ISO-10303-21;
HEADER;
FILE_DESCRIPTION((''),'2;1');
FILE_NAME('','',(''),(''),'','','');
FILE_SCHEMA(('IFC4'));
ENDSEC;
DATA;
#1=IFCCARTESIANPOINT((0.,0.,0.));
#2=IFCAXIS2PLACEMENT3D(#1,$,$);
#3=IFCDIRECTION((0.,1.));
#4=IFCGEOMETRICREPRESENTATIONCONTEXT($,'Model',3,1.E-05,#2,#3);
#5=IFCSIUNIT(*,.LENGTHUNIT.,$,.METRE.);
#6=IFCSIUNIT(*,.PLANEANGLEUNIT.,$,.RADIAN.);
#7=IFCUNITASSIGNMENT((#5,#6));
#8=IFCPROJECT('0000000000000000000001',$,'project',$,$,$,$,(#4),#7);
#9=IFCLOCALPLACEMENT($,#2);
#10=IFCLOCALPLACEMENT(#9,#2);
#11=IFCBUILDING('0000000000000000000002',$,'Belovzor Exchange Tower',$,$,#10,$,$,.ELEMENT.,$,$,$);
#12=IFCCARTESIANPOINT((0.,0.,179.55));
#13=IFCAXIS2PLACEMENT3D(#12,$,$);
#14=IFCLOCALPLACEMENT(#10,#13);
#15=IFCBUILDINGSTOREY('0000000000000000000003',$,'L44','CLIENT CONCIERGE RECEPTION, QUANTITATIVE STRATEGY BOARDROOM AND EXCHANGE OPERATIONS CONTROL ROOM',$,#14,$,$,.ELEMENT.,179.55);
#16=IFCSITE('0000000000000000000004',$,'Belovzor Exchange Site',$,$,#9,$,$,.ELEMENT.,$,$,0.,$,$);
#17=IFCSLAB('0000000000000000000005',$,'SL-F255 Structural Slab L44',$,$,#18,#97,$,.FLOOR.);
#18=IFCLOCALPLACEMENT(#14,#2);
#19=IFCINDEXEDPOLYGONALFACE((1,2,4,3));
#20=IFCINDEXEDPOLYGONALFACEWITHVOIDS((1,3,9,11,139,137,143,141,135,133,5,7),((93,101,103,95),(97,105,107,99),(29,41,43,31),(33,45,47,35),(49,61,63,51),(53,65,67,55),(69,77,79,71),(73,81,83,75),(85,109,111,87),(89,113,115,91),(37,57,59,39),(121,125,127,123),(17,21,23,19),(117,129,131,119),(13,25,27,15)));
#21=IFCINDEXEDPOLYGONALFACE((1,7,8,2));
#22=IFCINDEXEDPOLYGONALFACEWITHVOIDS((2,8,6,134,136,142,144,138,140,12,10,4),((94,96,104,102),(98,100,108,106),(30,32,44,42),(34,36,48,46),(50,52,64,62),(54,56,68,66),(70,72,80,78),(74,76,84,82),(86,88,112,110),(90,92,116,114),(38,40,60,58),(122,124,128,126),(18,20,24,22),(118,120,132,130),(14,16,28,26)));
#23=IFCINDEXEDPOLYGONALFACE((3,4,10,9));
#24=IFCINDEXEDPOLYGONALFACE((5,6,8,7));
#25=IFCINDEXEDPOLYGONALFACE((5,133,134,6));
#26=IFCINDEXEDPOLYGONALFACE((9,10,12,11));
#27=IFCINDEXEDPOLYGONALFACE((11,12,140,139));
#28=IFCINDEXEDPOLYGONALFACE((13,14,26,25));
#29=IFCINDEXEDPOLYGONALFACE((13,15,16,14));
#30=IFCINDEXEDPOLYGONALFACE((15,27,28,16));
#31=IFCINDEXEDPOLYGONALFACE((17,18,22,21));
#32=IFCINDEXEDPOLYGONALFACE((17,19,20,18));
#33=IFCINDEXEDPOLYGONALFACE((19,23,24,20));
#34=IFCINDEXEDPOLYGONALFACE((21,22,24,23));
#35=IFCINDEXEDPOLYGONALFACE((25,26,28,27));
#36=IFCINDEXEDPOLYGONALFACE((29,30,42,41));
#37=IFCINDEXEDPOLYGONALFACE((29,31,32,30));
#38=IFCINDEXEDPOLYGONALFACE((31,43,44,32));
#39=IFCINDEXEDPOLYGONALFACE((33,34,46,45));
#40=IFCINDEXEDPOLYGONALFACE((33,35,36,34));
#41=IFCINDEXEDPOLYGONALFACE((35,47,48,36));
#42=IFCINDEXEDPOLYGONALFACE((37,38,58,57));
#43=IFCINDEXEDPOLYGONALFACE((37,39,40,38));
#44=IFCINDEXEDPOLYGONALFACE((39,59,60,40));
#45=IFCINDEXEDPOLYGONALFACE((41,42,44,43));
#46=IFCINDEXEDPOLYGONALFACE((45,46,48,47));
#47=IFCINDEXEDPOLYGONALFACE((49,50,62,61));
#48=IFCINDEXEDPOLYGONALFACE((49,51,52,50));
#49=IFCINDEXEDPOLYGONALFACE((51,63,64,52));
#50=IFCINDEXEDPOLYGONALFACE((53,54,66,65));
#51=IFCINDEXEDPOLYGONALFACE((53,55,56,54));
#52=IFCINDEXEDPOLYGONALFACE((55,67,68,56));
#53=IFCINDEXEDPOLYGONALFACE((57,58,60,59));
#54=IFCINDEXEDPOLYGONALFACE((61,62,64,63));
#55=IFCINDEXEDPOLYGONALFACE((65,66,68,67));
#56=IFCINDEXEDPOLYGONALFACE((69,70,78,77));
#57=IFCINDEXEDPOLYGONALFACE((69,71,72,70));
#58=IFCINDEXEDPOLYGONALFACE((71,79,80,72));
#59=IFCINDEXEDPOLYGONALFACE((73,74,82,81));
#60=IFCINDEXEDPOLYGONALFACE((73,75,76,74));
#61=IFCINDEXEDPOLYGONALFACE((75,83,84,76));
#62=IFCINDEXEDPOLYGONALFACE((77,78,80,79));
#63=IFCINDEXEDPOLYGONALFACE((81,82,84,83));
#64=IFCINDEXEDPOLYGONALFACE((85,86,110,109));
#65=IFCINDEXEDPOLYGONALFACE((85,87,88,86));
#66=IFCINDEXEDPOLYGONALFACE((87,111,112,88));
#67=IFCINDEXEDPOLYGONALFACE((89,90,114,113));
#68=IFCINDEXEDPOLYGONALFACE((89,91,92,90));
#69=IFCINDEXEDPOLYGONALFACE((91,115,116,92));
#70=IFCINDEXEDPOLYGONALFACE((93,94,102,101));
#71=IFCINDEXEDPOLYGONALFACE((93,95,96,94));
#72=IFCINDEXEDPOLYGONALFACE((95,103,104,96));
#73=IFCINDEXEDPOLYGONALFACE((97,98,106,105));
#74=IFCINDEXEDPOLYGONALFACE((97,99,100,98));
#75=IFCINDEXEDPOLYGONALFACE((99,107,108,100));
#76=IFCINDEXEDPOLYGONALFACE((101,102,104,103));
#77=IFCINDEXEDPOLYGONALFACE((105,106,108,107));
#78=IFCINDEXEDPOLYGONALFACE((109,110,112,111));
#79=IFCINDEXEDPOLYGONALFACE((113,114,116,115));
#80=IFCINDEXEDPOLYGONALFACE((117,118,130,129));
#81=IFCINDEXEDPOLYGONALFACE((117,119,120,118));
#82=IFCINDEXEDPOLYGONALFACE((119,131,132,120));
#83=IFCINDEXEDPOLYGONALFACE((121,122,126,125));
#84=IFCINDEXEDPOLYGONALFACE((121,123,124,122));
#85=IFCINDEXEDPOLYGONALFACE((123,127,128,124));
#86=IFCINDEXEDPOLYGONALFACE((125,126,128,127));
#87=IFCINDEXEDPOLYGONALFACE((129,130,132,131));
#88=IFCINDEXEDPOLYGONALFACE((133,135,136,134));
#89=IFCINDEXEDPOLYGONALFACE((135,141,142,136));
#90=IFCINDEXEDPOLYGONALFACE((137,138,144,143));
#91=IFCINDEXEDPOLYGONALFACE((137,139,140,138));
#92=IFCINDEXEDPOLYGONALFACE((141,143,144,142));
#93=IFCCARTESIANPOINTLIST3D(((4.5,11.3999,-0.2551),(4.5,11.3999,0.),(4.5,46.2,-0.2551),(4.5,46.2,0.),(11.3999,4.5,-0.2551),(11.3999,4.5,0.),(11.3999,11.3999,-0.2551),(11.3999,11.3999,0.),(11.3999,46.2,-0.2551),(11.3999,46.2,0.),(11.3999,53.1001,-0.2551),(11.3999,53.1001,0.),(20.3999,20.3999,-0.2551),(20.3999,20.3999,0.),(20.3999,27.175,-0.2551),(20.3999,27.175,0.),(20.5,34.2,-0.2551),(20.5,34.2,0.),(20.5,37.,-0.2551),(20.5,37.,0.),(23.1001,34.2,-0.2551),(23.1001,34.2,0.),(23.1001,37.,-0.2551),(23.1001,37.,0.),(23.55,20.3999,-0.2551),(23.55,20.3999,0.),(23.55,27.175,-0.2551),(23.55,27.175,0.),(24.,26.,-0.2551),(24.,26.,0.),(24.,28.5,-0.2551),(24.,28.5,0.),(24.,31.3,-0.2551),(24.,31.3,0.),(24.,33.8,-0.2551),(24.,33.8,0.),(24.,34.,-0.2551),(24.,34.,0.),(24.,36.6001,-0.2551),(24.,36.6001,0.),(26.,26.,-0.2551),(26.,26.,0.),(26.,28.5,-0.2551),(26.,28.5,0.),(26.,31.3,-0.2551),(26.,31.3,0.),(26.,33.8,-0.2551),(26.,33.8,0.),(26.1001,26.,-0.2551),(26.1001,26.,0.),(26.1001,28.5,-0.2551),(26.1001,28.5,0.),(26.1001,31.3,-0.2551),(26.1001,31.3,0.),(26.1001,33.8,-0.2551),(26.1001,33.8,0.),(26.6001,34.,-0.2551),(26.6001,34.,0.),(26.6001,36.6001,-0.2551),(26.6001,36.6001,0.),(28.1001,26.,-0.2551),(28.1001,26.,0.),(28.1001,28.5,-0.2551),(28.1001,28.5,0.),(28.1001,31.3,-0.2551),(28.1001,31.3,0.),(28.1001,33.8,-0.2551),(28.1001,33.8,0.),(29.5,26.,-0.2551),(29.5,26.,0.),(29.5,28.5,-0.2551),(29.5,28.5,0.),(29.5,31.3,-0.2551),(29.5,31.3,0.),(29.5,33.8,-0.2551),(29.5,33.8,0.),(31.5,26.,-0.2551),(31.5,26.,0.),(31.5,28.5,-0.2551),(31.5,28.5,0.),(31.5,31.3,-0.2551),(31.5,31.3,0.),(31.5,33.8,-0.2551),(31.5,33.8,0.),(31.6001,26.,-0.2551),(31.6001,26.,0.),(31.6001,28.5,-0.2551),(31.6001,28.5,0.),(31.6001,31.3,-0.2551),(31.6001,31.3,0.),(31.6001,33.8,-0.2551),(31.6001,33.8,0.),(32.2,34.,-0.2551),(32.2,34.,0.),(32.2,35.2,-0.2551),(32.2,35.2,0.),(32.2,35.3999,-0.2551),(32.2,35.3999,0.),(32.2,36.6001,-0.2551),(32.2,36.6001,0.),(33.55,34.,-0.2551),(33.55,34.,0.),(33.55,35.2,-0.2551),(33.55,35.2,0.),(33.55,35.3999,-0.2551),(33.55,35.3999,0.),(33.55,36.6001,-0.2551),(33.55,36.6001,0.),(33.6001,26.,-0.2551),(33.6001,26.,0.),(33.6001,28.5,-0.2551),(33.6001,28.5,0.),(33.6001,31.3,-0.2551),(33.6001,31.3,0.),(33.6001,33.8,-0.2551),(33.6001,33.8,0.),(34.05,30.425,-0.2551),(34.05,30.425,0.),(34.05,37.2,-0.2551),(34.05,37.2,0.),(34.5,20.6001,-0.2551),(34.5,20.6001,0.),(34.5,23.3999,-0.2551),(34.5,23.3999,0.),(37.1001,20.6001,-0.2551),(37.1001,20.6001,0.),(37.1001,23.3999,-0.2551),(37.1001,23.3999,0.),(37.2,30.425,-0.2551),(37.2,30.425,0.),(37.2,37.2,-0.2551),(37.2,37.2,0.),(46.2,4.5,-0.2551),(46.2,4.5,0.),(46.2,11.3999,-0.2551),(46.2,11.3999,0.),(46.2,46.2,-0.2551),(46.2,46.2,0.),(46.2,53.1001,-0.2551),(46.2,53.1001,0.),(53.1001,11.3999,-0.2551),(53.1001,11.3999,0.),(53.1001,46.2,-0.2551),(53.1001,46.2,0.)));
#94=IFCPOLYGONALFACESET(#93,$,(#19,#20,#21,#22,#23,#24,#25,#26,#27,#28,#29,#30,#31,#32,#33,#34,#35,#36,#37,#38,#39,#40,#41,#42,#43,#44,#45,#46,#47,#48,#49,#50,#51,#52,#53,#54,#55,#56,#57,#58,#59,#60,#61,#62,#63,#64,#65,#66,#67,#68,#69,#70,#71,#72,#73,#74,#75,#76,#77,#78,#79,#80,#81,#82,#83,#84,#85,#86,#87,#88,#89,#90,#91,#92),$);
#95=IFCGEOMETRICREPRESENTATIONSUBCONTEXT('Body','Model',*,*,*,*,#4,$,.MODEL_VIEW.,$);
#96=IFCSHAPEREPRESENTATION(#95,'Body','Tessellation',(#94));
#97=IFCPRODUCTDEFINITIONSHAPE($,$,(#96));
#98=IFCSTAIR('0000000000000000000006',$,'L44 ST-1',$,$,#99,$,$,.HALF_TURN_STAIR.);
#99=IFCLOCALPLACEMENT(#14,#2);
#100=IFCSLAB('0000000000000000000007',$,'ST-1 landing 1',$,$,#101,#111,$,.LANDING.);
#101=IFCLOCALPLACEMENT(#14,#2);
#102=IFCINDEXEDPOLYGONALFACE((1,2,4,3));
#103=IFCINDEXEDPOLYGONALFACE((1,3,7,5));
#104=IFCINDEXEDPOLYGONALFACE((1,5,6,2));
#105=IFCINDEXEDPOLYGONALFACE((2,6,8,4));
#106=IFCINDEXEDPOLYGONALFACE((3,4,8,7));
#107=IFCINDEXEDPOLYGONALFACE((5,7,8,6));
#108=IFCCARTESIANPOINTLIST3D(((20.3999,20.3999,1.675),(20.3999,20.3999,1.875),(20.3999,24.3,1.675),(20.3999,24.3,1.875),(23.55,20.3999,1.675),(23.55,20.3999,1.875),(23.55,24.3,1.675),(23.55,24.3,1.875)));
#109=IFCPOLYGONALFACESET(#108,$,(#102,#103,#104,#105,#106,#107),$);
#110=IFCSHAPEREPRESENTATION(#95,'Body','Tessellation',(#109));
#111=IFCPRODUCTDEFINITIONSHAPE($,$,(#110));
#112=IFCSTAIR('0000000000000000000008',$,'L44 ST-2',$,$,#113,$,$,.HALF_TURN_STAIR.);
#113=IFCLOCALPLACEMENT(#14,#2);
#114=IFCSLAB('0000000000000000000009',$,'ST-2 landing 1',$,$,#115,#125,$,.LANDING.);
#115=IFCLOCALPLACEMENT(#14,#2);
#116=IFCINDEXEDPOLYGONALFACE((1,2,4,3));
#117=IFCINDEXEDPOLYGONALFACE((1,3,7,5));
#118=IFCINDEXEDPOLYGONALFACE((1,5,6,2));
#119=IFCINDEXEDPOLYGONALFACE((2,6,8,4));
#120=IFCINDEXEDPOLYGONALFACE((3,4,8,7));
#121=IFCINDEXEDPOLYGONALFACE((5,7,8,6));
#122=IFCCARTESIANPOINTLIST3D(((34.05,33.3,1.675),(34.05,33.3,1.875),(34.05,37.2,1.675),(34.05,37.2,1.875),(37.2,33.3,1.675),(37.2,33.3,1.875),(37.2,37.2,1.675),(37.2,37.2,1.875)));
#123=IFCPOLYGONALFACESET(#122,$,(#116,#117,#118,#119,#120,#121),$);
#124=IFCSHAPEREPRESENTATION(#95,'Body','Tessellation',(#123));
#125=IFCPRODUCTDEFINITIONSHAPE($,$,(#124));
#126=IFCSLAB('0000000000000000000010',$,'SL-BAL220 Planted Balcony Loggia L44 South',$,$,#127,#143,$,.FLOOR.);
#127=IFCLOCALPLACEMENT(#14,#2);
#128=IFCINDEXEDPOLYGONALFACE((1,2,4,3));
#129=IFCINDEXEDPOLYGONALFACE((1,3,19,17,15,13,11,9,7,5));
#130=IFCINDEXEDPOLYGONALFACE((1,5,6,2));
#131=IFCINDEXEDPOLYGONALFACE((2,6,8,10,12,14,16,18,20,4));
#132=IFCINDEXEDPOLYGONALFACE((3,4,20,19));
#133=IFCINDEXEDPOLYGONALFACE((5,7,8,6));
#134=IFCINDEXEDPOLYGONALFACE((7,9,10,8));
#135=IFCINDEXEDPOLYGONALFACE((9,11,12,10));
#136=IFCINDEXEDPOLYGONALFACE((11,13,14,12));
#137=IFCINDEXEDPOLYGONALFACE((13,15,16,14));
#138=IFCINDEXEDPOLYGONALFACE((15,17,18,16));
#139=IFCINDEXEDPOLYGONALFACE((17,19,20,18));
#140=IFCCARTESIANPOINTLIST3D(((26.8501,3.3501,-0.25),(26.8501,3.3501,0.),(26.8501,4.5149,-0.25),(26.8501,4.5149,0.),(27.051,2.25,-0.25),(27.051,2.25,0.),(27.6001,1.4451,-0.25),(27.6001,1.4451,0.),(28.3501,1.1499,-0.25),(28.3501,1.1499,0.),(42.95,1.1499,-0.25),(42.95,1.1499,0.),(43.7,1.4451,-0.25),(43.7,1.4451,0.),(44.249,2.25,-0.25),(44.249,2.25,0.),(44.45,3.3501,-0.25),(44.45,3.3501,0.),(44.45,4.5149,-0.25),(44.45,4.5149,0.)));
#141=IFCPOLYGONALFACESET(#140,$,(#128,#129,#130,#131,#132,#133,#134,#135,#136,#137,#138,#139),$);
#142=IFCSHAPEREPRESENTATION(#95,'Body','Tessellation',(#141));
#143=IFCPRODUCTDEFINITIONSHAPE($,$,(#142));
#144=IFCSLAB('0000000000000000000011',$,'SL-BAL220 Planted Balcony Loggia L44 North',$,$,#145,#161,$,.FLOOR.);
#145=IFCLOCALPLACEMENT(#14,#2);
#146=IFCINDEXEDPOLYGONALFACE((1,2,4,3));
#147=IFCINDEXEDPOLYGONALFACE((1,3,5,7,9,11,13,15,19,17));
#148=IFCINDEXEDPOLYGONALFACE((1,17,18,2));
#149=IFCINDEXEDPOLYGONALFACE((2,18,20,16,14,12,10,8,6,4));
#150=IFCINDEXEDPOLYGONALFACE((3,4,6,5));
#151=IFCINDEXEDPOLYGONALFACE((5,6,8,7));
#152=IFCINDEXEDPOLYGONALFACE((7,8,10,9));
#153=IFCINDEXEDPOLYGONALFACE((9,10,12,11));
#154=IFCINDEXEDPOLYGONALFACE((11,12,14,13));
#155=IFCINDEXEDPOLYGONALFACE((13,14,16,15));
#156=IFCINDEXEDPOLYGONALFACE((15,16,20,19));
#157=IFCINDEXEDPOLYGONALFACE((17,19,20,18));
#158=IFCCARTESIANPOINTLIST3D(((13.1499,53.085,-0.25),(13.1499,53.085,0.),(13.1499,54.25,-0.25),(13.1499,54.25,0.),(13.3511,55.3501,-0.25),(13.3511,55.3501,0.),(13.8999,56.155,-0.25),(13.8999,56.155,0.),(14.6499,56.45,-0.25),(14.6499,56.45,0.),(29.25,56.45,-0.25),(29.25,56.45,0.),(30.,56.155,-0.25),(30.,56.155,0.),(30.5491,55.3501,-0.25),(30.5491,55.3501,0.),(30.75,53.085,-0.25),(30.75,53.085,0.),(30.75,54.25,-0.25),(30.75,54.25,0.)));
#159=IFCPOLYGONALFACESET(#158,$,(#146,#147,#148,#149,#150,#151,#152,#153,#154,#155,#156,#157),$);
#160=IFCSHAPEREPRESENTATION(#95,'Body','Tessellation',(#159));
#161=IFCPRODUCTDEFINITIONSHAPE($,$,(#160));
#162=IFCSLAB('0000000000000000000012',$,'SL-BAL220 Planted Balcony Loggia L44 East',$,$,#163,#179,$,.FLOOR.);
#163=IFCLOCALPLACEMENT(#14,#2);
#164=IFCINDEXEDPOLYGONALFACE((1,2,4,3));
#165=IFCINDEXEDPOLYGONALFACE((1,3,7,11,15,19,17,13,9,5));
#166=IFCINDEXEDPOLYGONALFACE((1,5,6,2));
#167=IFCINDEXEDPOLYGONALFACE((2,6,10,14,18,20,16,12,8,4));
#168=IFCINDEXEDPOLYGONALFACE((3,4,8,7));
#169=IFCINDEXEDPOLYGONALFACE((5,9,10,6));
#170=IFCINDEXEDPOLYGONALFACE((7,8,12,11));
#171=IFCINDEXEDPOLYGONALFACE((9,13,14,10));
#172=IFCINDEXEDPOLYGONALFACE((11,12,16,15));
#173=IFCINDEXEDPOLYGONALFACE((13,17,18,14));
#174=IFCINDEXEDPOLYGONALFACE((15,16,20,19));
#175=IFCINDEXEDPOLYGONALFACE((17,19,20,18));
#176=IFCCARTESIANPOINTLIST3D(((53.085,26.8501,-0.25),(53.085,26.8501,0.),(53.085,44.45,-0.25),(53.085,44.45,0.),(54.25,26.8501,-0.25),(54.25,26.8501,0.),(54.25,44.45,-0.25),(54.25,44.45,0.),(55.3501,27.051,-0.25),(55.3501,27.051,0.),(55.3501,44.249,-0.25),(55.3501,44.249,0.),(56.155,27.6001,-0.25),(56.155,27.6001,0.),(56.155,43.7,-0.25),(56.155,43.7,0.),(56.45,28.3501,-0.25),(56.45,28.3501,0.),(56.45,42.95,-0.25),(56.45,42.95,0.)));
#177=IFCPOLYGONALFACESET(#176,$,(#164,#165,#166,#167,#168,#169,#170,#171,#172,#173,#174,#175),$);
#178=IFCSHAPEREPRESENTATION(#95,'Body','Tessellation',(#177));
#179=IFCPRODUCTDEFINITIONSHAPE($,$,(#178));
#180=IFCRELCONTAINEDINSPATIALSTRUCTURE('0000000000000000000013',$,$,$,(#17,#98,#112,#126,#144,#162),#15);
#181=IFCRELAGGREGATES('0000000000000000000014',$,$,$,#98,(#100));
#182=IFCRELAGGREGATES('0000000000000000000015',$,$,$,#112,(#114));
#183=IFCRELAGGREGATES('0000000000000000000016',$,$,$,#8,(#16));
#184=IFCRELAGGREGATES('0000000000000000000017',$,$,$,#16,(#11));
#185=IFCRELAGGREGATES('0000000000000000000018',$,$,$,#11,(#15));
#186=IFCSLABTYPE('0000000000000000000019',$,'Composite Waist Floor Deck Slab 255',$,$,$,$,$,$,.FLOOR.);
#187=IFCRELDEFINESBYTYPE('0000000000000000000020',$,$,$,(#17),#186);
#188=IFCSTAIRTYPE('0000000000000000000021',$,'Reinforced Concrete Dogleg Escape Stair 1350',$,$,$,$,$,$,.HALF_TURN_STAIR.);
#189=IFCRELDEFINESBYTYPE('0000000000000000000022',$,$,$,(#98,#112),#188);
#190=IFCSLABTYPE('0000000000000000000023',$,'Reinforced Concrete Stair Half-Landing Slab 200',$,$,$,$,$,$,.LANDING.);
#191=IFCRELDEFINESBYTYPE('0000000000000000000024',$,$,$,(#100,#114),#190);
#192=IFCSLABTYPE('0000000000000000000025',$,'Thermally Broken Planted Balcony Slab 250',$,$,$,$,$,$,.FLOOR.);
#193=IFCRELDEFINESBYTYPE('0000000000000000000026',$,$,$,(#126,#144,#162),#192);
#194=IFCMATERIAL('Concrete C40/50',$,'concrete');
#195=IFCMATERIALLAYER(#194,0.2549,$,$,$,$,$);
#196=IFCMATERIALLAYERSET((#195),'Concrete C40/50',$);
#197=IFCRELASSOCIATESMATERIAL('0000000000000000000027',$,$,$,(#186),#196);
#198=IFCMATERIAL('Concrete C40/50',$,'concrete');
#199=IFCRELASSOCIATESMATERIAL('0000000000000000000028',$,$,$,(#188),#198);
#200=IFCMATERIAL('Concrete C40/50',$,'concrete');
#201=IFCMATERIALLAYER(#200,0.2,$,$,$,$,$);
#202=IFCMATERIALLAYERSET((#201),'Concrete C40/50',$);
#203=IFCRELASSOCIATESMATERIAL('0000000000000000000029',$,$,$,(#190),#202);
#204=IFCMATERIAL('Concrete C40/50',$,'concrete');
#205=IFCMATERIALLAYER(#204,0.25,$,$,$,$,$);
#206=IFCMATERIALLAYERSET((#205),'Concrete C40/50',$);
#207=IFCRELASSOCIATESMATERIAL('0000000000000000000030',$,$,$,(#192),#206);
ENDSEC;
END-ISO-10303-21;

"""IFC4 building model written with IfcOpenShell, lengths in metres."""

from ifc_helpers import new_model, si_unit, direction, frame, origin, place, context, subcontext, project, spatial, polyline, outline, extrude, material, layer, layer_set, type_object, element, aggregate, save


model = new_model("IFC4")

# Units and contexts
model_context = context("Model", 3, precision=1e-05, world=origin(), true_north=direction((0.0, 1.0)))
body_context = subcontext(model_context, "Body", "Model", "MODEL_VIEW")
ifc_project = project(units=[si_unit("LENGTHUNIT", "METRE"), si_unit("PLANEANGLEUNIT", "RADIAN")], contexts=[model_context])

# Site, building, storey
site_placement = place(None, origin())
site = spatial("IfcSite", under=ifc_project, at=site_placement, Name="Belovzor Exchange Site", CompositionType="ELEMENT", RefElevation=0.0)
building_placement = place(site_placement, origin())
building = spatial("IfcBuilding", under=site, at=building_placement, Name="Belovzor Exchange Tower", CompositionType="ELEMENT")
storey_placement = place(building_placement, frame((0.0, 0.0, 179.55)))
storey = spatial("IfcBuildingStorey", under=building, at=storey_placement, Name="L44", Description="CLIENT CONCIERGE RECEPTION, QUANTITATIVE STRATEGY BOARDROOM AND EXCHANGE OPERATIONS CONTROL ROOM", CompositionType="ELEMENT", Elevation=179.55)

# Slab
ifc_material_1 = material(Name="Concrete C40/50", Category="concrete")
ifc_layer_1 = layer(ifc_material_1, 0.2549)
ifc_layer_set_1 = layer_set([ifc_layer_1], Name="Concrete C40/50")
slab_type_1 = type_object("IfcSlabType", Name="Composite Waist Floor Deck Slab 255", PredefinedType="FLOOR", material=ifc_layer_set_1)
slab_1_placement = place(storey_placement, frame((0.0, 0.0, -0.2551)))
element("IfcSlab", 1, at=slab_1_placement, inside=storey, type_object=slab_type_1, Name="SL-F255 Structural Slab L44", PredefinedType="FLOOR", context=body_context, shape_type="SweptSolid", body=[
    extrude(outline(polyline([(11.3999, 4.5), (46.2, 4.5), (46.2, 11.3999), (53.1001, 11.3999), (53.1001, 46.2), (46.2, 46.2), (46.2, 53.1001), (11.3999, 53.1001), (11.3999, 46.2), (4.5, 46.2), (4.5, 11.3999), (11.3999, 11.3999), (11.3999, 4.5)]), holes=[polyline([(20.3999, 27.175), (20.3999, 20.3999), (23.55, 20.3999), (23.55, 27.175), (20.3999, 27.175)]), polyline([(37.2, 30.425), (37.2, 37.2), (34.05, 37.2), (34.05, 30.425), (37.2, 30.425)]), polyline([(20.5, 34.2), (23.1001, 34.2), (23.1001, 37.0), (20.5, 37.0), (20.5, 34.2)]), polyline([(34.5, 20.6001), (37.1001, 20.6001), (37.1001, 23.3999), (34.5, 23.3999), (34.5, 20.6001)]), polyline([(24.0, 34.0), (26.6001, 34.0), (26.6001, 36.6001), (24.0, 36.6001), (24.0, 34.0)]), polyline([(24.0, 26.0), (26.0, 26.0), (26.0, 28.5), (24.0, 28.5), (24.0, 26.0)]), polyline([(26.1001, 26.0), (28.1001, 26.0), (28.1001, 28.5), (26.1001, 28.5), (26.1001, 26.0)]), polyline([(29.5, 26.0), (31.5, 26.0), (31.5, 28.5), (29.5, 28.5), (29.5, 26.0)]), polyline([(31.6001, 26.0), (33.6001, 26.0), (33.6001, 28.5), (31.6001, 28.5), (31.6001, 26.0)]), polyline([(24.0, 31.3), (26.0, 31.3), (26.0, 33.8), (24.0, 33.8), (24.0, 31.3)]), polyline([(26.1001, 31.3), (28.1001, 31.3), (28.1001, 33.8), (26.1001, 33.8), (26.1001, 31.3)]), polyline([(29.5, 31.3), (31.5, 31.3), (31.5, 33.8), (29.5, 33.8), (29.5, 31.3)]), polyline([(31.6001, 31.3), (33.6001, 31.3), (33.6001, 33.8), (31.6001, 33.8), (31.6001, 31.3)]), polyline([(32.2, 34.0), (33.55, 34.0), (33.55, 35.2), (32.2, 35.2), (32.2, 34.0)]), polyline([(32.2, 35.3999), (33.55, 35.3999), (33.55, 36.6001), (32.2, 36.6001), (32.2, 35.3999)])]), origin(), (0.0, 0.0, 1.0), 0.2551),
])

# Stairs, slabs
ifc_material_2 = material(Name="Concrete C40/50", Category="concrete")
stair_type = type_object("IfcStairType", Name="Reinforced Concrete Dogleg Escape Stair 1350", PredefinedType="HALF_TURN_STAIR", material=ifc_material_2)
stair_1_placement = place(storey_placement, origin())
stair_1 = element("IfcStair", 2, at=stair_1_placement, inside=storey, type_object=stair_type, Name="L44 ST-1", PredefinedType="HALF_TURN_STAIR")
ifc_material_3 = material(Name="Concrete C40/50", Category="concrete")
ifc_layer_2 = layer(ifc_material_3, 0.2)
ifc_layer_set_2 = layer_set([ifc_layer_2], Name="Concrete C40/50")
slab_type_2 = type_object("IfcSlabType", Name="Reinforced Concrete Stair Half-Landing Slab 200", PredefinedType="LANDING", material=ifc_layer_set_2)
slab_2_placement = place(storey_placement, frame((0.0, 0.0, 1.675)))
slab_2 = element("IfcSlab", 3, at=slab_2_placement, type_object=slab_type_2, Name="ST-1 landing 1", PredefinedType="LANDING", context=body_context, shape_type="SweptSolid", body=[
    extrude(outline(polyline([(20.3999, 24.3), (20.3999, 20.3999), (23.55, 20.3999), (23.55, 24.3), (20.3999, 24.3)])), origin(), (0.0, 0.0, 1.0), 0.2),
])
aggregate(stair_1, [slab_2])
stair_2_placement = place(storey_placement, origin())
stair_2 = element("IfcStair", 4, at=stair_2_placement, inside=storey, type_object=stair_type, Name="L44 ST-2", PredefinedType="HALF_TURN_STAIR")
slab_3_placement = place(storey_placement, frame((0.0, 0.0, 1.675)))
slab_3 = element("IfcSlab", 5, at=slab_3_placement, type_object=slab_type_2, Name="ST-2 landing 1", PredefinedType="LANDING", context=body_context, shape_type="SweptSolid", body=[
    extrude(outline(polyline([(37.2, 33.3), (37.2, 37.2), (34.05, 37.2), (34.05, 33.3), (37.2, 33.3)])), origin(), (0.0, 0.0, 1.0), 0.2),
])
aggregate(stair_2, [slab_3])

# Slabs
ifc_material_4 = material(Name="Concrete C40/50", Category="concrete")
ifc_layer_3 = layer(ifc_material_4, 0.25)
ifc_layer_set_3 = layer_set([ifc_layer_3], Name="Concrete C40/50")
slab_type_3 = type_object("IfcSlabType", Name="Thermally Broken Planted Balcony Slab 250", PredefinedType="FLOOR", material=ifc_layer_set_3)
slab_4_placement = place(storey_placement, frame((0.0, 0.0, -0.25)))
element("IfcSlab", 6, at=slab_4_placement, inside=storey, type_object=slab_type_3, Name="SL-BAL220 Planted Balcony Loggia L44 South", PredefinedType="FLOOR", context=body_context, shape_type="SweptSolid", body=[
    extrude(outline(polyline([(26.8501, 4.5149), (26.8501, 3.3501), (27.051, 2.25), (27.6001, 1.4451), (28.3501, 1.1499), (42.95, 1.1499), (43.7, 1.4451), (44.249, 2.25), (44.45, 3.3501), (44.45, 4.5149), (26.8501, 4.5149)])), origin(), (0.0, 0.0, 1.0), 0.25),
])
slab_5_placement = place(storey_placement, frame((0.0, 0.0, -0.25)))
element("IfcSlab", 7, at=slab_5_placement, inside=storey, type_object=slab_type_3, Name="SL-BAL220 Planted Balcony Loggia L44 North", PredefinedType="FLOOR", context=body_context, shape_type="SweptSolid", body=[
    extrude(outline(polyline([(30.75, 53.085), (30.75, 54.25), (30.5491, 55.3501), (30.0, 56.155), (29.25, 56.45), (14.6499, 56.45), (13.8999, 56.155), (13.3511, 55.3501), (13.1499, 54.25), (13.1499, 53.085), (30.75, 53.085)])), origin(), (0.0, 0.0, 1.0), 0.25),
])
slab_6_placement = place(storey_placement, frame((0.0, 0.0, -0.25)))
element("IfcSlab", 8, at=slab_6_placement, inside=storey, type_object=slab_type_3, Name="SL-BAL220 Planted Balcony Loggia L44 East", PredefinedType="FLOOR", context=body_context, shape_type="SweptSolid", body=[
    extrude(outline(polyline([(53.085, 26.8501), (54.25, 26.8501), (55.3501, 27.051), (56.155, 27.6001), (56.45, 28.3501), (56.45, 42.95), (56.155, 43.7), (55.3501, 44.249), (54.25, 44.45), (53.085, 44.45), (53.085, 26.8501)])), origin(), (0.0, 0.0, 1.0), 0.25),
])

save(model, "model.ifc")
